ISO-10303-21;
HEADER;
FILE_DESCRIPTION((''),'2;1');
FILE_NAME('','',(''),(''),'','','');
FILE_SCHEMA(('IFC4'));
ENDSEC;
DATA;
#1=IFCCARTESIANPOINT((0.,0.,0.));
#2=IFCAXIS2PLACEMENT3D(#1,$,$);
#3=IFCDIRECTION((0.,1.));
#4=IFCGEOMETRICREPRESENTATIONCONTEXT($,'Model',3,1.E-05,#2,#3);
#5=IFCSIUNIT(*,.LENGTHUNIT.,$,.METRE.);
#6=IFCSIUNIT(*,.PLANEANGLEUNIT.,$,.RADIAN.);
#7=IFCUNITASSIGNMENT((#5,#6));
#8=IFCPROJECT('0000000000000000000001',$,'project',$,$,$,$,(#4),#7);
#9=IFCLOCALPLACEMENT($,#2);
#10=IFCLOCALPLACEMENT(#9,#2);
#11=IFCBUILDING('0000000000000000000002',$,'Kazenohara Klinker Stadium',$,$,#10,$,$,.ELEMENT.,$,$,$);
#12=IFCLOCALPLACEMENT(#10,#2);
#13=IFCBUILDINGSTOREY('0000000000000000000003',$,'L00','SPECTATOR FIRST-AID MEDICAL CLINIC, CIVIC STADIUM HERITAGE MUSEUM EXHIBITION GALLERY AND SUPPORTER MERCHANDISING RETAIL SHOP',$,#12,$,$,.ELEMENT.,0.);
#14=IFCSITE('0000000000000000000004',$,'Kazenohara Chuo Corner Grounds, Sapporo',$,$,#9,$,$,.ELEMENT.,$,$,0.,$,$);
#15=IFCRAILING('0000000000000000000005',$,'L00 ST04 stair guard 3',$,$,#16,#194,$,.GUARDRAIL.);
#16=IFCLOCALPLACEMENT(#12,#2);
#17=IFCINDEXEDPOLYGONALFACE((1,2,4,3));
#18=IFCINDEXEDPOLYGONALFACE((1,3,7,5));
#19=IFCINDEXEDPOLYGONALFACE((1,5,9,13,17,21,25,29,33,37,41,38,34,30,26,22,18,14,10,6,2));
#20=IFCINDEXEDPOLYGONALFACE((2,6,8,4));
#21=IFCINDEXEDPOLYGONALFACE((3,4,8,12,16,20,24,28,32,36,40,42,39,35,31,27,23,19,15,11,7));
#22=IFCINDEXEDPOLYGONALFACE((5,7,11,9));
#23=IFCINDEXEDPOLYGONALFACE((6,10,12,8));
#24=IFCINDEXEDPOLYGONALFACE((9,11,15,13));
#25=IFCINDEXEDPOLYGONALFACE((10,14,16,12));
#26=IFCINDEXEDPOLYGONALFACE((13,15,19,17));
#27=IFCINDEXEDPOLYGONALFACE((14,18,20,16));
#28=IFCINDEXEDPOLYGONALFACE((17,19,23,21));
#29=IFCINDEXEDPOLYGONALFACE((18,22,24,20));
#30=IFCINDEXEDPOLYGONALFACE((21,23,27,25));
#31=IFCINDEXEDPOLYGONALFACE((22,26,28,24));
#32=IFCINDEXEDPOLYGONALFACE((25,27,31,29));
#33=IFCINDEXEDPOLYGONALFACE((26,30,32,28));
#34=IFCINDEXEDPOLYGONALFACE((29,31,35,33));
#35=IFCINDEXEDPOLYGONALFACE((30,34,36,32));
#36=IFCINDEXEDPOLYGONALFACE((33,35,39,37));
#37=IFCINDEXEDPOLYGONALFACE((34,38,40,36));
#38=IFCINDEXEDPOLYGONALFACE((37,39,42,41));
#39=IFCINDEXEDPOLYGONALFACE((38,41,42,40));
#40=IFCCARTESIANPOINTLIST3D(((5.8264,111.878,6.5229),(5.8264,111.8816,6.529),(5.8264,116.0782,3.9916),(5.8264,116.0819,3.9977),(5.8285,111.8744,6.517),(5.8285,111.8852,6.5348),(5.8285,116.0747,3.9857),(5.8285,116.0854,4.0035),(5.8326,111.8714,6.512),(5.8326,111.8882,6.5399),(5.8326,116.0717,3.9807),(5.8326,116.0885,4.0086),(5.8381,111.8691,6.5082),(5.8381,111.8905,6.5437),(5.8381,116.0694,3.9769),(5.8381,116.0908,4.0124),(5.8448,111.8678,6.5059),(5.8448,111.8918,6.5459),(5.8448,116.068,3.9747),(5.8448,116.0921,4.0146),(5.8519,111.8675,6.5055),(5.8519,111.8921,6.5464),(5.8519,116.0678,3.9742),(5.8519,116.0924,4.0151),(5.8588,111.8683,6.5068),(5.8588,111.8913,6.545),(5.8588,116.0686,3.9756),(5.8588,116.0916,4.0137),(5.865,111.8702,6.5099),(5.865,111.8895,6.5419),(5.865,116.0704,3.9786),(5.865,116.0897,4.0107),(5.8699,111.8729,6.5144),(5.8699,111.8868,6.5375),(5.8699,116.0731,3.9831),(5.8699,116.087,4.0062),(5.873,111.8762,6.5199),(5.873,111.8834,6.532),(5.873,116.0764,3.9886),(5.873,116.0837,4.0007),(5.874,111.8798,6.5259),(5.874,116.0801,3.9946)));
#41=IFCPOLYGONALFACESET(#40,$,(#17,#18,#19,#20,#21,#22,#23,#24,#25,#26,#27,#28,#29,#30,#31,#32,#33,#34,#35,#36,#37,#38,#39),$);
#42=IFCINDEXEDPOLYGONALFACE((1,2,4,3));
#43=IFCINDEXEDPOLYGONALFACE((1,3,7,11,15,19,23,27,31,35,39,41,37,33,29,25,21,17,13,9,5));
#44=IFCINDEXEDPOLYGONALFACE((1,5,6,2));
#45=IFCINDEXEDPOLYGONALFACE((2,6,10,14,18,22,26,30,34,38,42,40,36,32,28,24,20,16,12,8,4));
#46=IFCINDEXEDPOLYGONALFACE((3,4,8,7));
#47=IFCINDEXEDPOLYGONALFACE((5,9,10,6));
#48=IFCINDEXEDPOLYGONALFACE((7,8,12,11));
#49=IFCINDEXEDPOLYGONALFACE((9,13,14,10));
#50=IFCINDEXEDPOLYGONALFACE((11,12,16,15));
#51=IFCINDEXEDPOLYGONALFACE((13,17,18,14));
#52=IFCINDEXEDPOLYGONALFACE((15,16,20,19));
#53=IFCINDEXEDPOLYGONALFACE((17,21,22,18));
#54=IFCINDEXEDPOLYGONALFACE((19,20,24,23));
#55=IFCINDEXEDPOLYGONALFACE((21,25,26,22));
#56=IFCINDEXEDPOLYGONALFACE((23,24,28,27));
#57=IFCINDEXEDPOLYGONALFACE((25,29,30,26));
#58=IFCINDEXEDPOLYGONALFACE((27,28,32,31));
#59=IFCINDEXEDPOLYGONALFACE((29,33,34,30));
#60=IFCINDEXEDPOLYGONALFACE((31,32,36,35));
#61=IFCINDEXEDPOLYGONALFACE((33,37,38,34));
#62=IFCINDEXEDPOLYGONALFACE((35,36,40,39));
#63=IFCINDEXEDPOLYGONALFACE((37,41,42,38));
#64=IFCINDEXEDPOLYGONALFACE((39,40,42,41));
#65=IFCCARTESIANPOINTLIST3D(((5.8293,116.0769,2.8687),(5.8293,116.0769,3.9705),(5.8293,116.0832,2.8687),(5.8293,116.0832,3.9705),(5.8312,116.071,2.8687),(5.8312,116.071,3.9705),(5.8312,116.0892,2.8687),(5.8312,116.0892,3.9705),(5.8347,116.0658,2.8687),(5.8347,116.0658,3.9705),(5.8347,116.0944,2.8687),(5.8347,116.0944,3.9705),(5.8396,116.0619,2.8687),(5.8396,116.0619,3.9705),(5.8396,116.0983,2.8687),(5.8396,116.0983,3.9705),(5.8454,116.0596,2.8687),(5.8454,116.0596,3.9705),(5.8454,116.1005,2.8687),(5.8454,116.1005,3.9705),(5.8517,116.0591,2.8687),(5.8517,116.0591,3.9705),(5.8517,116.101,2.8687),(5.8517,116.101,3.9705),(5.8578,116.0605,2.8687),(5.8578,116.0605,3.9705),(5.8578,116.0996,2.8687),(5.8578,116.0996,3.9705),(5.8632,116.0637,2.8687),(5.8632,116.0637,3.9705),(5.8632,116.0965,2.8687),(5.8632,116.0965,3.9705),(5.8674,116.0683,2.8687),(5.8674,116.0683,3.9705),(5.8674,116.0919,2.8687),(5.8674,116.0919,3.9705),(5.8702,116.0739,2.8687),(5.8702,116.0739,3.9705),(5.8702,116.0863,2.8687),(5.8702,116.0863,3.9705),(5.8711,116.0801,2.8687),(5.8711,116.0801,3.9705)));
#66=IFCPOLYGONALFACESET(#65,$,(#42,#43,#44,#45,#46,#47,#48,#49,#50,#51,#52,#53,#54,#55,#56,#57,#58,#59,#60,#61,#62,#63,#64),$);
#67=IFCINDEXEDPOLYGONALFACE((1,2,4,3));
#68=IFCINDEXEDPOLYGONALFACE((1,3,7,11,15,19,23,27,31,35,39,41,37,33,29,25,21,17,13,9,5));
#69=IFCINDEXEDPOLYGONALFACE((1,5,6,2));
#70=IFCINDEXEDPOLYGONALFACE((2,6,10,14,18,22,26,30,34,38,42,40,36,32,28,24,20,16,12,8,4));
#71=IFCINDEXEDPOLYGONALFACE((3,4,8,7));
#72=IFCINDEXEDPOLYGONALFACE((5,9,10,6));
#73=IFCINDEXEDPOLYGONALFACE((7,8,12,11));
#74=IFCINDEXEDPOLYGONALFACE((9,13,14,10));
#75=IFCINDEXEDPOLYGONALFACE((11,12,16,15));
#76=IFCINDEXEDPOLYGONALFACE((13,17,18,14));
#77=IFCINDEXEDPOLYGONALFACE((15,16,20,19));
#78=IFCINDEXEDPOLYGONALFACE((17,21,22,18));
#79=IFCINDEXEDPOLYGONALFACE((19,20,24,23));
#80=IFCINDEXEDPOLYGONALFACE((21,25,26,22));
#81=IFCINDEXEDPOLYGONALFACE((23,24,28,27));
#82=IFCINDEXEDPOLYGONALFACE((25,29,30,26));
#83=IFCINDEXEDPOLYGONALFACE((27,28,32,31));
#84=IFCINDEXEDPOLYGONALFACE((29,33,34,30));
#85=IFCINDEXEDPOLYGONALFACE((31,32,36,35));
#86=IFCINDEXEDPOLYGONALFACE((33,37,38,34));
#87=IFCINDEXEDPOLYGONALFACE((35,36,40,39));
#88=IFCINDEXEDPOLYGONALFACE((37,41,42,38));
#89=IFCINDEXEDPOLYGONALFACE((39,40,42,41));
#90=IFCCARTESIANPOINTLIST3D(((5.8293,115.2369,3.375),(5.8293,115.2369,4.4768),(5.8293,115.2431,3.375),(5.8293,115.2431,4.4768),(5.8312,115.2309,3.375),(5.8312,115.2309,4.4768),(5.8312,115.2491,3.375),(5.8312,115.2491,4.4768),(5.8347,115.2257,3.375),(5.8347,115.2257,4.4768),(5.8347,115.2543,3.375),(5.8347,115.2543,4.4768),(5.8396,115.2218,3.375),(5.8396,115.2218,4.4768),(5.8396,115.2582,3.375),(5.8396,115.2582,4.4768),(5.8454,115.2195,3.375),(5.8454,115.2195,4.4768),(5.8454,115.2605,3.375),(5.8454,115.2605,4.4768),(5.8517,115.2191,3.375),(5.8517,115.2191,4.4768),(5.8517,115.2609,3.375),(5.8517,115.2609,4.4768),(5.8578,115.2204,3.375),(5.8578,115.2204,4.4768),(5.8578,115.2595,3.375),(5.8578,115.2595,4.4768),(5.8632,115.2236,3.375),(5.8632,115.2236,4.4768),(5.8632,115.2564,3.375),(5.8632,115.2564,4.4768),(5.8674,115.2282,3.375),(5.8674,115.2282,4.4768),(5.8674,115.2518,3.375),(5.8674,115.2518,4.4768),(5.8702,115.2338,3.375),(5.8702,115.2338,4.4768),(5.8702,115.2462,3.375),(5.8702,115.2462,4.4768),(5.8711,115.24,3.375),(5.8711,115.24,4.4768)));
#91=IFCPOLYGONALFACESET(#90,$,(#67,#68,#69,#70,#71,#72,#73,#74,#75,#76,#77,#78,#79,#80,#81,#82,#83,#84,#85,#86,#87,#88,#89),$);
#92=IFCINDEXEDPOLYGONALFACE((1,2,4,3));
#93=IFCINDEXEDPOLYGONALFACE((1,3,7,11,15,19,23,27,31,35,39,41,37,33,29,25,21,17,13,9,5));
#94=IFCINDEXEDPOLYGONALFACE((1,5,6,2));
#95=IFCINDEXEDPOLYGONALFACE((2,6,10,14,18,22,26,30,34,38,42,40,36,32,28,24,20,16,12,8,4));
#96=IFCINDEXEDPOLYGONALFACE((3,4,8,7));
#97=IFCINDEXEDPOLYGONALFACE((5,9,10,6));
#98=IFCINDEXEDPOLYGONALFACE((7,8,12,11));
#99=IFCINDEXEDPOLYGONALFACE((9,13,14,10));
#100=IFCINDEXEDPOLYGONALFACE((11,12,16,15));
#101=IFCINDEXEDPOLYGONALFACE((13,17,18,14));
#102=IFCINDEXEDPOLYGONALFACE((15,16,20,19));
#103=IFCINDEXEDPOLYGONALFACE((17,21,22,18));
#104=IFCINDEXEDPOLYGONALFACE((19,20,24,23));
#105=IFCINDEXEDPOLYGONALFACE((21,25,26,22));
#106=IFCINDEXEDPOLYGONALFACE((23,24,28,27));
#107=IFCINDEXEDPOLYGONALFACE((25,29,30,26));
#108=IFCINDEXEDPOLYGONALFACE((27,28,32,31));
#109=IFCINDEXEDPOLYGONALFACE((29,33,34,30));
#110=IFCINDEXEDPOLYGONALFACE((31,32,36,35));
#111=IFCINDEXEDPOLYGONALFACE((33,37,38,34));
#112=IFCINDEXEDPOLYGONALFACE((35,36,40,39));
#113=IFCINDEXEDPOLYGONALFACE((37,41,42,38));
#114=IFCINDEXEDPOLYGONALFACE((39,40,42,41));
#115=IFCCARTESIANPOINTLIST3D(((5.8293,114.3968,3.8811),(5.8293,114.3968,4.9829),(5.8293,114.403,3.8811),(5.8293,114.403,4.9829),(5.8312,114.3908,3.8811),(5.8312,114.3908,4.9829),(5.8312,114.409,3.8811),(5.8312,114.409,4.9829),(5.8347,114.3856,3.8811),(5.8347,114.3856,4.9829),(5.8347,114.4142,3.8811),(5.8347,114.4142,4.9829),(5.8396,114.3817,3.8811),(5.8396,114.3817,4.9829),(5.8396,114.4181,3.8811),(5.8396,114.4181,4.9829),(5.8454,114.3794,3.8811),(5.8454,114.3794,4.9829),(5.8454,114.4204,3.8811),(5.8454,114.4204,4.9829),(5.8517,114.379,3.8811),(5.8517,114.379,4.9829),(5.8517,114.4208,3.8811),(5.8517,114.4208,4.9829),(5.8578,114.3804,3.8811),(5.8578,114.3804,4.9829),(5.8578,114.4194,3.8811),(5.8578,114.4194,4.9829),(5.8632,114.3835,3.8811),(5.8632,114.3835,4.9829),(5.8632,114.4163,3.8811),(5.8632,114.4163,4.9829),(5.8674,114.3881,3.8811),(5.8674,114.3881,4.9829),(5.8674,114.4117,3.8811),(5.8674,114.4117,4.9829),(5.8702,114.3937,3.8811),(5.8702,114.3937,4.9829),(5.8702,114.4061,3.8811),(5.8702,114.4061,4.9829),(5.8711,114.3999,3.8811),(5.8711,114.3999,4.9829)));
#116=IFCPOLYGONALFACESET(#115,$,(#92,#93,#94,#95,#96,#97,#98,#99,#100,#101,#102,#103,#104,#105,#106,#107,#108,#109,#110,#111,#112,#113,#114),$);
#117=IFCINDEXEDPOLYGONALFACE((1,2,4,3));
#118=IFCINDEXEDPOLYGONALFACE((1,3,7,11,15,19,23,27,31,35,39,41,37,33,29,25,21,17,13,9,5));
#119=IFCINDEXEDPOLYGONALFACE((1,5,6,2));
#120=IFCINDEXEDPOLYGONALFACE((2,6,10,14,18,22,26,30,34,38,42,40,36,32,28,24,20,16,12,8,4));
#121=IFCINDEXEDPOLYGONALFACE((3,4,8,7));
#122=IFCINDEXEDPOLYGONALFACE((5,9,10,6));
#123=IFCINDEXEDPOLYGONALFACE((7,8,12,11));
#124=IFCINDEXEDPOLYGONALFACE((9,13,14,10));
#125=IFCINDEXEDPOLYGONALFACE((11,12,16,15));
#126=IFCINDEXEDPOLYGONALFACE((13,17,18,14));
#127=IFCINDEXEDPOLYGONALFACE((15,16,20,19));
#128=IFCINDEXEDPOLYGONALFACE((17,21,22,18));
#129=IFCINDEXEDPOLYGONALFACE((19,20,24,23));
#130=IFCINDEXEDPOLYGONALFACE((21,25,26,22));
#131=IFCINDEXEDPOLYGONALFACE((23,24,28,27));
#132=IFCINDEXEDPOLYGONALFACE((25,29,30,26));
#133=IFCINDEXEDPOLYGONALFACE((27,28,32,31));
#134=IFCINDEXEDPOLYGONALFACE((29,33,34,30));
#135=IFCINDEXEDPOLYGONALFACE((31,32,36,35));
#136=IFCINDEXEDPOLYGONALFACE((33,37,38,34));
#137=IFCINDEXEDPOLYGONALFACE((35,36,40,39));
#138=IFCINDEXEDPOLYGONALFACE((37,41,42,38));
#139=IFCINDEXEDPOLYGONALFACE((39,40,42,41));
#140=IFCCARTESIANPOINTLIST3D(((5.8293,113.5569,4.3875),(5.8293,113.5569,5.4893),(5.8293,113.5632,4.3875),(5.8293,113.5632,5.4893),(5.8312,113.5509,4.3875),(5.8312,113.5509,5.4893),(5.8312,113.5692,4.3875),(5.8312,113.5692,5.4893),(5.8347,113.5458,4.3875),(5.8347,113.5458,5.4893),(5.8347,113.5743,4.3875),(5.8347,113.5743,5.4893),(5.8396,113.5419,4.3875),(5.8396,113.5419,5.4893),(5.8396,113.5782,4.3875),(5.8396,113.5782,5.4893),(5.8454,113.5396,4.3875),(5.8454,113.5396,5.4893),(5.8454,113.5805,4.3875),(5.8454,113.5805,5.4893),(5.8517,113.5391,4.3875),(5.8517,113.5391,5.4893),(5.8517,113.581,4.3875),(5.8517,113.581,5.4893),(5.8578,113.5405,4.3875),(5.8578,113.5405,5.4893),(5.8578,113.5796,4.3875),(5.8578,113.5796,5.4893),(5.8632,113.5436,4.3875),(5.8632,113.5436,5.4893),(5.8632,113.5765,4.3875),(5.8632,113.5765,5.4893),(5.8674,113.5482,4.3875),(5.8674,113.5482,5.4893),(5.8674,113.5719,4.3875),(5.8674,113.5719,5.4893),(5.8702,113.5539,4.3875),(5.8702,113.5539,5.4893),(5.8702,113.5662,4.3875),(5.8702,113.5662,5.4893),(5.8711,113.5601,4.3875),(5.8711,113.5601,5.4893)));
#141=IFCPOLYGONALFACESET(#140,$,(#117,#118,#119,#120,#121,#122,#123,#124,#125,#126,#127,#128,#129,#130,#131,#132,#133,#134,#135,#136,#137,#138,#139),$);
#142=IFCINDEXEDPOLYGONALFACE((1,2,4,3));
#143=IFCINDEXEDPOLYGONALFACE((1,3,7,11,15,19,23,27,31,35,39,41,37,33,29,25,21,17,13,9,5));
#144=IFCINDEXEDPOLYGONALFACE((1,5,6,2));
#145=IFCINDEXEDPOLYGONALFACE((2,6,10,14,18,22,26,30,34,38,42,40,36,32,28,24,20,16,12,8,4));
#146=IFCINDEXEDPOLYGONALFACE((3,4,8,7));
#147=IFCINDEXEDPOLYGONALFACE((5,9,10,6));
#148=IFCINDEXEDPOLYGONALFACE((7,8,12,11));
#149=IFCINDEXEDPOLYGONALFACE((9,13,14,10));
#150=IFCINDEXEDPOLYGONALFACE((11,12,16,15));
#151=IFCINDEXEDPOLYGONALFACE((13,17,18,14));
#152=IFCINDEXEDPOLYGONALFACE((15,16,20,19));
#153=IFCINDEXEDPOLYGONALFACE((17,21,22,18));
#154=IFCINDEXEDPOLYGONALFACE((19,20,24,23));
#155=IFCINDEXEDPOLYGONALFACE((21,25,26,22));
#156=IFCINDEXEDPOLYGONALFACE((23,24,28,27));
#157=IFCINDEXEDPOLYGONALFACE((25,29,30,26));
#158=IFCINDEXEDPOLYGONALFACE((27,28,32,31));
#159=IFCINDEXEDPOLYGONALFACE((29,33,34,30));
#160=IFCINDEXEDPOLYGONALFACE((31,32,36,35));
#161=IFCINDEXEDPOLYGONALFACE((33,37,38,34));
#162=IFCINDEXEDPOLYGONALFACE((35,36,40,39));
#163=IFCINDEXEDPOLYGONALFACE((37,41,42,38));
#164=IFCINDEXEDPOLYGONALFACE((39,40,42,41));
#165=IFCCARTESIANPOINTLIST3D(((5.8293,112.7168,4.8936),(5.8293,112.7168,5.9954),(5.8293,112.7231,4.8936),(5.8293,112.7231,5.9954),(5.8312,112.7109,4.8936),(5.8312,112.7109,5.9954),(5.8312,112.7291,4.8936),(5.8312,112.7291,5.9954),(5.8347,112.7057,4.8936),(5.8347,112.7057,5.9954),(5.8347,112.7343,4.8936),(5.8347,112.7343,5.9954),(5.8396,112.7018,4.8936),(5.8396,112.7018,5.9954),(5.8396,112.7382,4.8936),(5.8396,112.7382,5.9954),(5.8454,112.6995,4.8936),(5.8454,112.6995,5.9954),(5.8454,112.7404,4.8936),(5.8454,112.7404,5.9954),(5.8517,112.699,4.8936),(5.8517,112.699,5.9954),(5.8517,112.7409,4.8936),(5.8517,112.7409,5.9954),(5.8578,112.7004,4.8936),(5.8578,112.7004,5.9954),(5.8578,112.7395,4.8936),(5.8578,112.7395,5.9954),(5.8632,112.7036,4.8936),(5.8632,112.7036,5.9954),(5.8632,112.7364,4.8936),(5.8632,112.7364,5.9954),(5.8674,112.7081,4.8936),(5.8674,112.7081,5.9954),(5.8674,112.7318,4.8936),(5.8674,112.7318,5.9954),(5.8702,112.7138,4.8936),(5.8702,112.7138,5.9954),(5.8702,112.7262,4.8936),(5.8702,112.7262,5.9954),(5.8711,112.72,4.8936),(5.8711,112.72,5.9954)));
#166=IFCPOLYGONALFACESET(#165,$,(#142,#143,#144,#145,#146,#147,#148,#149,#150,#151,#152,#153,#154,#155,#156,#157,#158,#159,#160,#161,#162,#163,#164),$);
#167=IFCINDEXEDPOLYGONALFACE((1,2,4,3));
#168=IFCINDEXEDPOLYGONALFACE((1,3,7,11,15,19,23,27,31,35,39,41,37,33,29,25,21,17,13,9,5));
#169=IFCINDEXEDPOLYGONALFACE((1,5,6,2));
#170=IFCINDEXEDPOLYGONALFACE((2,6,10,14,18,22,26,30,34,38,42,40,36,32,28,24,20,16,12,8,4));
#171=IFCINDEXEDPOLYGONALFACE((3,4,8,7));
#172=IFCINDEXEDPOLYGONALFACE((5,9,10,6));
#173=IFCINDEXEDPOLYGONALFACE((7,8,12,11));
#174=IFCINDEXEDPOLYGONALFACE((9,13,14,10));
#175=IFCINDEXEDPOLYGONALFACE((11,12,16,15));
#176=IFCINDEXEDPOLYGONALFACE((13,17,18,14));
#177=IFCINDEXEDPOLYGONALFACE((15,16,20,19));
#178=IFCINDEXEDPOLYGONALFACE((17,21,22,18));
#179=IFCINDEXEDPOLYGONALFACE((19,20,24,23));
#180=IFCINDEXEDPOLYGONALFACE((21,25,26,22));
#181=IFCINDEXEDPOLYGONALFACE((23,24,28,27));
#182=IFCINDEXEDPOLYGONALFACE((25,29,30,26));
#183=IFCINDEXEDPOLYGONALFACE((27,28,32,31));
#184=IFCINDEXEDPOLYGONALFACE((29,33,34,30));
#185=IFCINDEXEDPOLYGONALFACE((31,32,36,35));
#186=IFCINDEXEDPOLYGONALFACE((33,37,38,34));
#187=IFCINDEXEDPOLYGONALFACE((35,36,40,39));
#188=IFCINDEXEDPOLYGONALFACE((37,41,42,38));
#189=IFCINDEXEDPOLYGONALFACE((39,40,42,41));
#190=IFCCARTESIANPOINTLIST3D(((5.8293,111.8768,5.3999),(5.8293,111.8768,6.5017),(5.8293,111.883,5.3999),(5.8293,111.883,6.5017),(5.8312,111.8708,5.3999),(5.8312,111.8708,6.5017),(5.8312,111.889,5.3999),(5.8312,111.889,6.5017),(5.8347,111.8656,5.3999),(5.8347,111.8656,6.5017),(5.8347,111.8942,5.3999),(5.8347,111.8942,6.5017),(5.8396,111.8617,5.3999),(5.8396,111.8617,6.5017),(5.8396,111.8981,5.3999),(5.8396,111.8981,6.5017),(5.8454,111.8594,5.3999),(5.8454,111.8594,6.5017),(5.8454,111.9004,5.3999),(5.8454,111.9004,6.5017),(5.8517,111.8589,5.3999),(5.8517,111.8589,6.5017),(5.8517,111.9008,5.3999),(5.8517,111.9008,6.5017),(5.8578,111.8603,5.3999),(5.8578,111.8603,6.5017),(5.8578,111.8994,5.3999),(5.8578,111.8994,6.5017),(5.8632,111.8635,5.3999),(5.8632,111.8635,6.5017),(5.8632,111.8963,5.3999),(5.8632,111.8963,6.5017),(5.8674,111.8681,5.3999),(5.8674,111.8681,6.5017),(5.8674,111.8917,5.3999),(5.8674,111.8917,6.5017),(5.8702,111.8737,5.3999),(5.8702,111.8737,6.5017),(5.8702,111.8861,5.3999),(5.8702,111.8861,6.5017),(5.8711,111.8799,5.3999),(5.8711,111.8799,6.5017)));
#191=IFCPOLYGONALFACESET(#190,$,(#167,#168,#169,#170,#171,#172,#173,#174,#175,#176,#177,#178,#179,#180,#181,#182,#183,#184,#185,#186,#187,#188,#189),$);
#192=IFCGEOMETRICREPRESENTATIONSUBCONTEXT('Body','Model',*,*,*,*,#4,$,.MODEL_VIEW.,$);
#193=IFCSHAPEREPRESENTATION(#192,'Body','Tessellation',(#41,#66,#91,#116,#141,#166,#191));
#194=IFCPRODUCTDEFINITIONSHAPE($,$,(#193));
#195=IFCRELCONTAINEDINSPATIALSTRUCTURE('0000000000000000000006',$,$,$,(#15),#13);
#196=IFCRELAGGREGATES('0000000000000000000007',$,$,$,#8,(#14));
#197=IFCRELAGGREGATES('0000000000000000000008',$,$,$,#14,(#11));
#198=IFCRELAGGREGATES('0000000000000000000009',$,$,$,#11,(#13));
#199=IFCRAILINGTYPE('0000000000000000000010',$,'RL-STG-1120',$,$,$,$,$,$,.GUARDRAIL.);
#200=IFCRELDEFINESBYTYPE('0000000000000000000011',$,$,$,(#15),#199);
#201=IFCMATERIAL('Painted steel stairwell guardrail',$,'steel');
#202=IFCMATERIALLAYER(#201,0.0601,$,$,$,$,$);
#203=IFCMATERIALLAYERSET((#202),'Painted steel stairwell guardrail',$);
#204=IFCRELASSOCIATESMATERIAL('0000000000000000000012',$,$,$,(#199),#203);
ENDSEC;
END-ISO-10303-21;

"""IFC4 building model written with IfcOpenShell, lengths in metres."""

from ifc_helpers import new_model, si_unit, direction, frame, origin, origin_2d, place, context, subcontext, project, spatial, circle, extrude, material, layer, layer_set, type_object, element, save


model = new_model("IFC4")

# Units and contexts
model_context = context("Model", 3, precision=1e-05, world=origin(), true_north=direction((0.0, 1.0)))
body_context = subcontext(model_context, "Body", "Model", "MODEL_VIEW")
ifc_project = project(units=[si_unit("LENGTHUNIT", "METRE"), si_unit("PLANEANGLEUNIT", "RADIAN")], contexts=[model_context])

# Site, building, storey
site_placement = place(None, origin())
site = spatial("IfcSite", under=ifc_project, at=site_placement, Name="Kazenohara Chuo Corner Grounds, Sapporo", CompositionType="ELEMENT", RefElevation=0.0)
building_placement = place(site_placement, origin())
building = spatial("IfcBuilding", under=site, at=building_placement, Name="Kazenohara Klinker Stadium", CompositionType="ELEMENT")
storey_placement = place(building_placement, origin())
storey = spatial("IfcBuildingStorey", under=building, at=storey_placement, Name="L00", Description="SPECTATOR FIRST-AID MEDICAL CLINIC, CIVIC STADIUM HERITAGE MUSEUM EXHIBITION GALLERY AND SUPPORTER MERCHANDISING RETAIL SHOP", CompositionType="ELEMENT", Elevation=0.0)

# Railing
ifc_material_1 = material(Name="Painted steel stairwell guardrail", Category="steel")
ifc_layer_1 = layer(ifc_material_1, 0.0601)
ifc_layer_set_1 = layer_set([ifc_layer_1], Name="Painted steel stairwell guardrail")
railing_type_1 = type_object("IfcRailingType", Name="RL-STG-1120", PredefinedType="GUARDRAIL", material=ifc_layer_set_1)
railing_1_placement = place(storey_placement, frame((5.8501, 116.0801, 2.8687)))
element("IfcRailing", 1, at=railing_1_placement, inside=storey, type_object=railing_type_1, Name="L00 ST04 stair guard 3", PredefinedType="GUARDRAIL", context=body_context, shape_type="SweptSolid", body=[
    extrude(circle(Radius=0.0239, at=origin_2d()), frame((0.0, 0.0, 1.126), z_axis=(0.0, -0.85649, 0.516164), x_axis=(1.0, 0.0, 0.0)), (0.0, 0.0, 1.0), 4.9041),
    extrude(circle(Radius=0.021, at=origin_2d()), origin(), (0.0, 0.0, 1.0), 1.1018),
    extrude(circle(Radius=0.021, at=origin_2d()), frame((0.0, -0.8401, 0.5063)), (0.0, 0.0, 1.0), 1.1018),
    extrude(circle(Radius=0.021, at=origin_2d()), frame((0.0, -1.6802, 1.0125)), (0.0, 0.0, 1.0), 1.1018),
    extrude(circle(Radius=0.021, at=origin_2d()), frame((0.0, -2.52, 1.5188)), (0.0, 0.0, 1.0), 1.1018),
    extrude(circle(Radius=0.021, at=origin_2d()), frame((0.0, -3.3601, 2.0249)), (0.0, 0.0, 1.0), 1.1018),
    extrude(circle(Radius=0.021, at=origin_2d()), frame((0.0, -4.2002, 2.5312)), (0.0, 0.0, 1.0), 1.1018),
])

save(model, "model.ifc")
